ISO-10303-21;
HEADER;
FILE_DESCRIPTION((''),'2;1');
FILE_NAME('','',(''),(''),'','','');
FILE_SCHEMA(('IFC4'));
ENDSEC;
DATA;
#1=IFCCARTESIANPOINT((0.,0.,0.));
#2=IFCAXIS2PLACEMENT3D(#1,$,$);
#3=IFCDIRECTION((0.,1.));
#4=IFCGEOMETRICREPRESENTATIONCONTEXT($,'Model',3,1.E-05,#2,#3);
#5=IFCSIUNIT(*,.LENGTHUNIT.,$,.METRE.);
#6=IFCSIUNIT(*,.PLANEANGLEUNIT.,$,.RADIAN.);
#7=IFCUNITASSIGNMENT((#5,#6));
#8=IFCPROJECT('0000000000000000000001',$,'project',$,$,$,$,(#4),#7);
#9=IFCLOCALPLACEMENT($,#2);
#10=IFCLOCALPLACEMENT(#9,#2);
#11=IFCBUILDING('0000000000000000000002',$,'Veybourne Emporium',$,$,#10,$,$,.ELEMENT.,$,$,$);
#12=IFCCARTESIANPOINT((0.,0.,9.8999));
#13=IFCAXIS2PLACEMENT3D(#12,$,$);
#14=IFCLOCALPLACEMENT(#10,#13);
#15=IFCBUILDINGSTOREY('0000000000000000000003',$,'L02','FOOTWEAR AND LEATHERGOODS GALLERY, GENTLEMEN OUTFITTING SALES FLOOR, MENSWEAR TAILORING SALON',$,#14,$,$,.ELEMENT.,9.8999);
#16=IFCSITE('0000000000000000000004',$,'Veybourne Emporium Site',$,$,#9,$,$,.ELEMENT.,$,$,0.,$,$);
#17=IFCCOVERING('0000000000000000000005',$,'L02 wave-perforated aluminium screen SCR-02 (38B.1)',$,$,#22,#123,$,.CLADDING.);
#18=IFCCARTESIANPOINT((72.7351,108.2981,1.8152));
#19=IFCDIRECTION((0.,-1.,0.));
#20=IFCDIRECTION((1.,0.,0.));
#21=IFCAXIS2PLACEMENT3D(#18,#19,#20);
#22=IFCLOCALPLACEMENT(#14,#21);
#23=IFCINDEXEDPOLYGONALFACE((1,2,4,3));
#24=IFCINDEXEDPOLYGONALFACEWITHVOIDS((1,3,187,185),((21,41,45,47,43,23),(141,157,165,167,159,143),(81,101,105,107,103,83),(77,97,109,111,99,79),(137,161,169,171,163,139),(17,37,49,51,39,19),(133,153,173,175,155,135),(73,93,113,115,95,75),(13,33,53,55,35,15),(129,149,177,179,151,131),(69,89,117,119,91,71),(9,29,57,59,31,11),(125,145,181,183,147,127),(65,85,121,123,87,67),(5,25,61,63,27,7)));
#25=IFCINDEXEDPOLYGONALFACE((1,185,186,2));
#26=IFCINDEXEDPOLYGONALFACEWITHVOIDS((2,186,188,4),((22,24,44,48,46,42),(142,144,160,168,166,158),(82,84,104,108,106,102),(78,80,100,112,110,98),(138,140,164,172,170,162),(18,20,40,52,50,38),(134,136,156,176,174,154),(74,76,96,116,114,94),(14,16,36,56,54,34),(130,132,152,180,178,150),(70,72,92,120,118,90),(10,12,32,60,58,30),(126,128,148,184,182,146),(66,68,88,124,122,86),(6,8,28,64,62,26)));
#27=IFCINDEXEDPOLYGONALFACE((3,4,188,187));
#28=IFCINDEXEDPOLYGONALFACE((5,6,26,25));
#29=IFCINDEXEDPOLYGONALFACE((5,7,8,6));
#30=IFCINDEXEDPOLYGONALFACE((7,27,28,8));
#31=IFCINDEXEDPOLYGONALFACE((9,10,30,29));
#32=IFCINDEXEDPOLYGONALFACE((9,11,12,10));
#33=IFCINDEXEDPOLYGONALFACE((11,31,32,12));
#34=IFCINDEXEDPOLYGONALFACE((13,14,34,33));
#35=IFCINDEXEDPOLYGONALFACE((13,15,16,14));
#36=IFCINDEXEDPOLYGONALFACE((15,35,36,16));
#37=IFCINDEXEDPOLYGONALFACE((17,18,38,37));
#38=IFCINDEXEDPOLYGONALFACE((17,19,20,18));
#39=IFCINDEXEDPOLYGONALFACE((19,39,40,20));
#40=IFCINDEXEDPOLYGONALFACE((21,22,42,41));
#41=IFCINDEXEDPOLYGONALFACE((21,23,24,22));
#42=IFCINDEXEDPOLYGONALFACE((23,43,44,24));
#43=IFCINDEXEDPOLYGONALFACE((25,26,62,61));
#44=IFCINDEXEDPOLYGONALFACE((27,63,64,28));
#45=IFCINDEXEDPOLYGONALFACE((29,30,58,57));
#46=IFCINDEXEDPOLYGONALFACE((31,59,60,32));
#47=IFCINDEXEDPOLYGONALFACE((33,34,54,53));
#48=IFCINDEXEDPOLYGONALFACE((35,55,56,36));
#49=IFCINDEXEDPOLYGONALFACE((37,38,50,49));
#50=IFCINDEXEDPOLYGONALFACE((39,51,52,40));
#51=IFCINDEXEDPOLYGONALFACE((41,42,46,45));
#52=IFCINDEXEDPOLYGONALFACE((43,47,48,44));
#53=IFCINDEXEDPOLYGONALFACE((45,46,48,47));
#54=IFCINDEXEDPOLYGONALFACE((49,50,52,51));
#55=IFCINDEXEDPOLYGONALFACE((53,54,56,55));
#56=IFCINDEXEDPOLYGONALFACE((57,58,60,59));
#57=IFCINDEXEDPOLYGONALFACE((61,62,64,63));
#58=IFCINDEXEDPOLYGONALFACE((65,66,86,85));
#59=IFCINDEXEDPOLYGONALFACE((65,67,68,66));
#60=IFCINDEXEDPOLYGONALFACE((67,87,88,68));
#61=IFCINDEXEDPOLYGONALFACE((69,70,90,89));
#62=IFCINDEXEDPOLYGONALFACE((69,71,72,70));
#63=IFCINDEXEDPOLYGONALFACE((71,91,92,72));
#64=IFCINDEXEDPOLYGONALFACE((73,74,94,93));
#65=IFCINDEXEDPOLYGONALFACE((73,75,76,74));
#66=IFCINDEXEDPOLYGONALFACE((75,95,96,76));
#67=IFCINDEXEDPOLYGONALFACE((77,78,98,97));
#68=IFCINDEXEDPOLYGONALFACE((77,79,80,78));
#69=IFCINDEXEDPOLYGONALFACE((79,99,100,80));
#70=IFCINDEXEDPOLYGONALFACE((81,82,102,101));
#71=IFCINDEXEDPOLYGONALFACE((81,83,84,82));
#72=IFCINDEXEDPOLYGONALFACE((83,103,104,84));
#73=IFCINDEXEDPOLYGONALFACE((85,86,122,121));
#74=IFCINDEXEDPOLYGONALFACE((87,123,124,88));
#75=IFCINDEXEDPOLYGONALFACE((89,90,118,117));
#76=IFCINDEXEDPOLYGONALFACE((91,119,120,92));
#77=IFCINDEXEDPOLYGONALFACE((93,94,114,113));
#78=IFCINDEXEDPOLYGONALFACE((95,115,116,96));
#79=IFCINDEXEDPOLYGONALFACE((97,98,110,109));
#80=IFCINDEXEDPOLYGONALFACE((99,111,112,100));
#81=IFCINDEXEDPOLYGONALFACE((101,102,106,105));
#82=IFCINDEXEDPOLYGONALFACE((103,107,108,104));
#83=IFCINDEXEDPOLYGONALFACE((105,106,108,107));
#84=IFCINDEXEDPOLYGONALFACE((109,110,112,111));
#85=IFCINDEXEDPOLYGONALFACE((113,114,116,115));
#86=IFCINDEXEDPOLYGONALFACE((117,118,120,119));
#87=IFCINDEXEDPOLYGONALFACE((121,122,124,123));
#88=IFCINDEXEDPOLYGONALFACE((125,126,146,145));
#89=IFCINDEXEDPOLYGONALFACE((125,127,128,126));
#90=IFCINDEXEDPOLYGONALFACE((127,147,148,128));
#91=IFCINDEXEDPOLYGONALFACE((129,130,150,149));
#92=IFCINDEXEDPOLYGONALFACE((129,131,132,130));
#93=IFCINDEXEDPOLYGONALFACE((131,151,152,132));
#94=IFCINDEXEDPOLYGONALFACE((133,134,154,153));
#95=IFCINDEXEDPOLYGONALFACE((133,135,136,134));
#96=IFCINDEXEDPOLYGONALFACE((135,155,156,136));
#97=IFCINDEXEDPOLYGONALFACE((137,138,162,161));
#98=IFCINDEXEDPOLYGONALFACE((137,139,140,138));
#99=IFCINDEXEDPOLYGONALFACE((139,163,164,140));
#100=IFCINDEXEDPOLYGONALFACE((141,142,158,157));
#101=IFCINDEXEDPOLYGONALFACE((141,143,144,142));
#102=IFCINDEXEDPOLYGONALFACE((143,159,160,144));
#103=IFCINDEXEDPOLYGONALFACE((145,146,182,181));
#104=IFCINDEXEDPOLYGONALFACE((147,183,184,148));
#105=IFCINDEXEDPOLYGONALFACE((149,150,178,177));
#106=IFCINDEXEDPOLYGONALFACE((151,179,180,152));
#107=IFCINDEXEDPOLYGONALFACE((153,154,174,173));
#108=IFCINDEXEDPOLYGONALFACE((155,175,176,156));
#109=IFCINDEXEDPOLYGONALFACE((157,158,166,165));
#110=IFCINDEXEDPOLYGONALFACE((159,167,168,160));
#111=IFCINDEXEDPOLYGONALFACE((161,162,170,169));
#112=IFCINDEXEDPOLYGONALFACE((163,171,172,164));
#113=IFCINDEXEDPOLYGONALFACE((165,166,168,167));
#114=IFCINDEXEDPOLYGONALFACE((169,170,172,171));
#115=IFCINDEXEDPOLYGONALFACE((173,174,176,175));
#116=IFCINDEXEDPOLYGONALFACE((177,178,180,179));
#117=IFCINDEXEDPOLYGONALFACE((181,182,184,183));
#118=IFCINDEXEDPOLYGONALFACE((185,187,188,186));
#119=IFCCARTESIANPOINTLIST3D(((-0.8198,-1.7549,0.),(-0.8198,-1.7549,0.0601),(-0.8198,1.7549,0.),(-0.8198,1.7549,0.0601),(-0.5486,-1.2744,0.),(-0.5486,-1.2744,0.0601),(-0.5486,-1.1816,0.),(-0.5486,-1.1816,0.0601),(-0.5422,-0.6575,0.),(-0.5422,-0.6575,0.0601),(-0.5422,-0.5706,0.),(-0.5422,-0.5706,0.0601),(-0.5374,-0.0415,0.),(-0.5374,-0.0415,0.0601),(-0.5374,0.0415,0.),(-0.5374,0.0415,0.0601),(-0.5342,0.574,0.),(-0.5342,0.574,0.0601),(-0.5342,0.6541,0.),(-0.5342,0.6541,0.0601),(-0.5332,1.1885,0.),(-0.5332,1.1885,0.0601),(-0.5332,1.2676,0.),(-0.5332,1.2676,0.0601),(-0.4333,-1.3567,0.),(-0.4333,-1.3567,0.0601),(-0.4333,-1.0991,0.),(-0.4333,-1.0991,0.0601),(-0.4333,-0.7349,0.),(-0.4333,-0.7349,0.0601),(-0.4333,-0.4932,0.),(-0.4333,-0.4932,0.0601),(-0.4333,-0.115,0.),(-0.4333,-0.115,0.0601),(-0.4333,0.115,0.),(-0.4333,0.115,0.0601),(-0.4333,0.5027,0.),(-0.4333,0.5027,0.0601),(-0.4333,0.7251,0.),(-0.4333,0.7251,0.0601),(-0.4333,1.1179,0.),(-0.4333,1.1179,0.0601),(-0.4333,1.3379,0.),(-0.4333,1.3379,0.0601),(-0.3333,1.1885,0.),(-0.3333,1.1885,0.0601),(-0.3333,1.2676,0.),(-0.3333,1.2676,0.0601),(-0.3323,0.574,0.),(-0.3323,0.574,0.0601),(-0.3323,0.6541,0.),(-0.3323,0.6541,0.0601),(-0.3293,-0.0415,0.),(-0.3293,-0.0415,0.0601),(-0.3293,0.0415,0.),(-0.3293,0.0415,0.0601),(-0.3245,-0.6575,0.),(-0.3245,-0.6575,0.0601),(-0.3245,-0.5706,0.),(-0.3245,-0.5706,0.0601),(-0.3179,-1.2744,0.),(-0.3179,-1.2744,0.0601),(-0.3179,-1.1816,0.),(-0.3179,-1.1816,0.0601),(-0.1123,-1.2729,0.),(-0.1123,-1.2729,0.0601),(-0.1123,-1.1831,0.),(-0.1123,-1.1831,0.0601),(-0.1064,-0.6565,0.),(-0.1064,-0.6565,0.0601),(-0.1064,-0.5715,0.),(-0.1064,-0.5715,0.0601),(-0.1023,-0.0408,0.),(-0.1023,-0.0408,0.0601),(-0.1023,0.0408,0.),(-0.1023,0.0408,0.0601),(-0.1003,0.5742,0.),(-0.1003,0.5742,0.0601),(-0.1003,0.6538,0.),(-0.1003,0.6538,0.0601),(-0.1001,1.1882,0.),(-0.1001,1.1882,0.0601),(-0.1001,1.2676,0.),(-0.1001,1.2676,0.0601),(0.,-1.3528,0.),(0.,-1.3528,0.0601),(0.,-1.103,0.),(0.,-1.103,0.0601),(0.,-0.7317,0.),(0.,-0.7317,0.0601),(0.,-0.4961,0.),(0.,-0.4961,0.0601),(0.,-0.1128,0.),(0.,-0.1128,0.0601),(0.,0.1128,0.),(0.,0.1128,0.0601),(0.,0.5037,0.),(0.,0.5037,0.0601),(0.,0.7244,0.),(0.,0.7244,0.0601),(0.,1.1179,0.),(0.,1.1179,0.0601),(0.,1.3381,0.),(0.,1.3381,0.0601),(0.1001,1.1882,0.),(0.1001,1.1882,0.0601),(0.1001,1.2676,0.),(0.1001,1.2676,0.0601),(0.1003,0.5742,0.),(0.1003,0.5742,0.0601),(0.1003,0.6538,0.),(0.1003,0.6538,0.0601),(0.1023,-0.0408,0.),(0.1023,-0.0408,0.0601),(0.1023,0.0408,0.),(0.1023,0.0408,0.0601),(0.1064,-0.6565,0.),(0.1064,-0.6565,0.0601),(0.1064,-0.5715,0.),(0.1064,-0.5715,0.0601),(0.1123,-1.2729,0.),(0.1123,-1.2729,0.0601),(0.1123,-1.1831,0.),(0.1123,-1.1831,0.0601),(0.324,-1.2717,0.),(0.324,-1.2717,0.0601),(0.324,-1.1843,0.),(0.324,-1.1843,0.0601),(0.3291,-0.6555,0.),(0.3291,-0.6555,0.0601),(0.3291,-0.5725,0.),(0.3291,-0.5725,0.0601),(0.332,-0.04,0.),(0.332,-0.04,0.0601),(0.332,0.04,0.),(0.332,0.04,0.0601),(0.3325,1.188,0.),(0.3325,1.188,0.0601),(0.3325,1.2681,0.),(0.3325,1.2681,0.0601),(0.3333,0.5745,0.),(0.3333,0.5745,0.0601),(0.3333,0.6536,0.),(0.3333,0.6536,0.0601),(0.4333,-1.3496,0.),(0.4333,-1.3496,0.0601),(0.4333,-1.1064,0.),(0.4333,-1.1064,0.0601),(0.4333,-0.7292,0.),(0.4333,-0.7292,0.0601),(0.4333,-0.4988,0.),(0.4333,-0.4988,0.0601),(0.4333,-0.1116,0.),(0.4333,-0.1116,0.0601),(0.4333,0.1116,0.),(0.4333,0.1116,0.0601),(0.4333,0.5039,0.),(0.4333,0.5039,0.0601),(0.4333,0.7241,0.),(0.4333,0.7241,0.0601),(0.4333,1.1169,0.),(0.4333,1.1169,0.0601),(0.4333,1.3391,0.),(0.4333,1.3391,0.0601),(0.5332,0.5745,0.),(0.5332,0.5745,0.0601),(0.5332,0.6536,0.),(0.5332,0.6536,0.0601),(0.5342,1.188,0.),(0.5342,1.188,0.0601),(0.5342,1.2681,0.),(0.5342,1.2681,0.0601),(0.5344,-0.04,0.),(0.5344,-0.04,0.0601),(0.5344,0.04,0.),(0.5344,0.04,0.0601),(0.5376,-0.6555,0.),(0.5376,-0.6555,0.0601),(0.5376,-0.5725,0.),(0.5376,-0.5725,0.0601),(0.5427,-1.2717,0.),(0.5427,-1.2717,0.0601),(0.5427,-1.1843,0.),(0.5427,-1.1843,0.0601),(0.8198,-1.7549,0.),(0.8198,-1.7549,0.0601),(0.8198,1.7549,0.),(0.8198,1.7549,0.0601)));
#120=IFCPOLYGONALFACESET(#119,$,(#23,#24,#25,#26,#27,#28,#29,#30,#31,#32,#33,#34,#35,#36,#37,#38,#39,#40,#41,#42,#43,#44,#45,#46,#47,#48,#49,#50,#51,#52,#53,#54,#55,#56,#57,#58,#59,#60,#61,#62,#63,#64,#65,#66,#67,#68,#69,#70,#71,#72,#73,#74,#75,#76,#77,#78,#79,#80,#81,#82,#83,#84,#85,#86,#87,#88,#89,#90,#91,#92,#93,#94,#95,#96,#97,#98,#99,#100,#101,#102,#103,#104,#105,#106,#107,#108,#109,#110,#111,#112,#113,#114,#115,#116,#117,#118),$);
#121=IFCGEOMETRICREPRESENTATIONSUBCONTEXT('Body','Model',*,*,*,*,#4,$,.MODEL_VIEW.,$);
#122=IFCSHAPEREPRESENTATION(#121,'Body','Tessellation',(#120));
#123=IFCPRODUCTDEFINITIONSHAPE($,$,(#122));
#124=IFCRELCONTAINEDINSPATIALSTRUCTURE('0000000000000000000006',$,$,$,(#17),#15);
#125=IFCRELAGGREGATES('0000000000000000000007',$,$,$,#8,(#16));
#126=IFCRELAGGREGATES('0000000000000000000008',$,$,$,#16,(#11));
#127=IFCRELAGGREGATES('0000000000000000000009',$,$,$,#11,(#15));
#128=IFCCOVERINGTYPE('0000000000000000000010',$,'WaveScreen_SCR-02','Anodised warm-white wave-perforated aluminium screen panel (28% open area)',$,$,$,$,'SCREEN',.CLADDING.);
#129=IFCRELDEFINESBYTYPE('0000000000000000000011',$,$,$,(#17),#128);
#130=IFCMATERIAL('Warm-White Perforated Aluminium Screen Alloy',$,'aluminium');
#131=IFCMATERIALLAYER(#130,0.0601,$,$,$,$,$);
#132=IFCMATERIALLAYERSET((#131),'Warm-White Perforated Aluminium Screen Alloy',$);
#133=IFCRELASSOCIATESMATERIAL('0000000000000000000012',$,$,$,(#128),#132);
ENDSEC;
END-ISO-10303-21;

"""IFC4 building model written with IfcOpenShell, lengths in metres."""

from ifc_helpers import new_model, si_unit, direction, frame, origin, place, context, subcontext, project, spatial, polyline, outline, extrude, material, layer, layer_set, type_object, element, save


model = new_model("IFC4")

# Units and contexts
model_context = context("Model", 3, precision=1e-05, world=origin(), true_north=direction((0.0, 1.0)))
body_context = subcontext(model_context, "Body", "Model", "MODEL_VIEW")
ifc_project = project(units=[si_unit("LENGTHUNIT", "METRE"), si_unit("PLANEANGLEUNIT", "RADIAN")], contexts=[model_context])

# Site, building, storey
site_placement = place(None, origin())
site = spatial("IfcSite", under=ifc_project, at=site_placement, Name="Veybourne Emporium Site", CompositionType="ELEMENT", RefElevation=0.0)
building_placement = place(site_placement, origin())
building = spatial("IfcBuilding", under=site, at=building_placement, Name="Veybourne Emporium", CompositionType="ELEMENT")
storey_placement = place(building_placement, frame((0.0, 0.0, 9.8999)))
storey = spatial("IfcBuildingStorey", under=building, at=storey_placement, Name="L02", Description="FOOTWEAR AND LEATHERGOODS GALLERY, GENTLEMEN OUTFITTING SALES FLOOR, MENSWEAR TAILORING SALON", CompositionType="ELEMENT", Elevation=9.8999)

# Covering
ifc_material_1 = material(Name="Warm-White Perforated Aluminium Screen Alloy", Category="aluminium")
ifc_layer_1 = layer(ifc_material_1, 0.0601)
ifc_layer_set_1 = layer_set([ifc_layer_1], Name="Warm-White Perforated Aluminium Screen Alloy")
covering_type_1 = type_object("IfcCoveringType", Name="WaveScreen_SCR-02", Description="Anodised warm-white wave-perforated aluminium screen panel (28% open area)", ElementType="SCREEN", PredefinedType="CLADDING", material=ifc_layer_set_1)
covering_1_placement = place(storey_placement, frame((72.7351, 108.2981, 1.8152), z_axis=(0.0, -1.0, 0.0), x_axis=(1.0, 0.0, 0.0)))
element("IfcCovering", 1, at=covering_1_placement, inside=storey, type_object=covering_type_1, Name="L02 wave-perforated aluminium screen SCR-02 (38B.1)", PredefinedType="CLADDING", context=body_context, shape_type="SweptSolid", body=[
    extrude(outline(polyline([(-0.8198, -1.7549), (0.8198, -1.7549), (0.8198, 1.7549), (-0.8198, 1.7549), (-0.8198, -1.7549)]), holes=[polyline([(-0.4333, -1.0991), (-0.3179, -1.1816), (-0.3179, -1.2744), (-0.4333, -1.3567), (-0.5486, -1.2744), (-0.5486, -1.1816), (-0.4333, -1.0991)]), polyline([(-0.4333, -0.4932), (-0.3245, -0.5706), (-0.3245, -0.6575), (-0.4333, -0.7349), (-0.5422, -0.6575), (-0.5422, -0.5706), (-0.4333, -0.4932)]), polyline([(-0.4333, 0.115), (-0.3293, 0.0415), (-0.3293, -0.0415), (-0.4333, -0.115), (-0.5374, -0.0415), (-0.5374, 0.0415), (-0.4333, 0.115)]), polyline([(-0.4333, 0.7251), (-0.3323, 0.6541), (-0.3323, 0.574), (-0.4333, 0.5027), (-0.5342, 0.574), (-0.5342, 0.6541), (-0.4333, 0.7251)]), polyline([(-0.4333, 1.3379), (-0.3333, 1.2676), (-0.3333, 1.1885), (-0.4333, 1.1179), (-0.5332, 1.1885), (-0.5332, 1.2676), (-0.4333, 1.3379)]), polyline([(0.0, -1.103), (0.1123, -1.1831), (0.1123, -1.2729), (0.0, -1.3528), (-0.1123, -1.2729), (-0.1123, -1.1831), (0.0, -1.103)]), polyline([(0.0, -0.4961), (0.1064, -0.5715), (0.1064, -0.6565), (0.0, -0.7317), (-0.1064, -0.6565), (-0.1064, -0.5715), (0.0, -0.4961)]), polyline([(0.0, 0.1128), (0.1023, 0.0408), (0.1023, -0.0408), (0.0, -0.1128), (-0.1023, -0.0408), (-0.1023, 0.0408), (0.0, 0.1128)]), polyline([(0.0, 0.7244), (0.1003, 0.6538), (0.1003, 0.5742), (0.0, 0.5037), (-0.1003, 0.5742), (-0.1003, 0.6538), (0.0, 0.7244)]), polyline([(0.0, 1.3381), (0.1001, 1.2676), (0.1001, 1.1882), (0.0, 1.1179), (-0.1001, 1.1882), (-0.1001, 1.2676), (0.0, 1.3381)]), polyline([(0.4333, -1.1064), (0.5427, -1.1843), (0.5427, -1.2717), (0.4333, -1.3496), (0.324, -1.2717), (0.324, -1.1843), (0.4333, -1.1064)]), polyline([(0.4333, -0.4988), (0.5376, -0.5725), (0.5376, -0.6555), (0.4333, -0.7292), (0.3291, -0.6555), (0.3291, -0.5725), (0.4333, -0.4988)]), polyline([(0.4333, 0.1116), (0.5344, 0.04), (0.5344, -0.04), (0.4333, -0.1116), (0.332, -0.04), (0.332, 0.04), (0.4333, 0.1116)]), polyline([(0.4333, 0.7241), (0.5332, 0.6536), (0.5332, 0.5745), (0.4333, 0.5039), (0.3333, 0.5745), (0.3333, 0.6536), (0.4333, 0.7241)]), polyline([(0.4333, 1.3391), (0.5342, 1.2681), (0.5342, 1.188), (0.4333, 1.1169), (0.3325, 1.188), (0.3325, 1.2681), (0.4333, 1.3391)])]), origin(), (0.0, 0.0, 1.0), 0.0601),
])

save(model, "model.ifc")
